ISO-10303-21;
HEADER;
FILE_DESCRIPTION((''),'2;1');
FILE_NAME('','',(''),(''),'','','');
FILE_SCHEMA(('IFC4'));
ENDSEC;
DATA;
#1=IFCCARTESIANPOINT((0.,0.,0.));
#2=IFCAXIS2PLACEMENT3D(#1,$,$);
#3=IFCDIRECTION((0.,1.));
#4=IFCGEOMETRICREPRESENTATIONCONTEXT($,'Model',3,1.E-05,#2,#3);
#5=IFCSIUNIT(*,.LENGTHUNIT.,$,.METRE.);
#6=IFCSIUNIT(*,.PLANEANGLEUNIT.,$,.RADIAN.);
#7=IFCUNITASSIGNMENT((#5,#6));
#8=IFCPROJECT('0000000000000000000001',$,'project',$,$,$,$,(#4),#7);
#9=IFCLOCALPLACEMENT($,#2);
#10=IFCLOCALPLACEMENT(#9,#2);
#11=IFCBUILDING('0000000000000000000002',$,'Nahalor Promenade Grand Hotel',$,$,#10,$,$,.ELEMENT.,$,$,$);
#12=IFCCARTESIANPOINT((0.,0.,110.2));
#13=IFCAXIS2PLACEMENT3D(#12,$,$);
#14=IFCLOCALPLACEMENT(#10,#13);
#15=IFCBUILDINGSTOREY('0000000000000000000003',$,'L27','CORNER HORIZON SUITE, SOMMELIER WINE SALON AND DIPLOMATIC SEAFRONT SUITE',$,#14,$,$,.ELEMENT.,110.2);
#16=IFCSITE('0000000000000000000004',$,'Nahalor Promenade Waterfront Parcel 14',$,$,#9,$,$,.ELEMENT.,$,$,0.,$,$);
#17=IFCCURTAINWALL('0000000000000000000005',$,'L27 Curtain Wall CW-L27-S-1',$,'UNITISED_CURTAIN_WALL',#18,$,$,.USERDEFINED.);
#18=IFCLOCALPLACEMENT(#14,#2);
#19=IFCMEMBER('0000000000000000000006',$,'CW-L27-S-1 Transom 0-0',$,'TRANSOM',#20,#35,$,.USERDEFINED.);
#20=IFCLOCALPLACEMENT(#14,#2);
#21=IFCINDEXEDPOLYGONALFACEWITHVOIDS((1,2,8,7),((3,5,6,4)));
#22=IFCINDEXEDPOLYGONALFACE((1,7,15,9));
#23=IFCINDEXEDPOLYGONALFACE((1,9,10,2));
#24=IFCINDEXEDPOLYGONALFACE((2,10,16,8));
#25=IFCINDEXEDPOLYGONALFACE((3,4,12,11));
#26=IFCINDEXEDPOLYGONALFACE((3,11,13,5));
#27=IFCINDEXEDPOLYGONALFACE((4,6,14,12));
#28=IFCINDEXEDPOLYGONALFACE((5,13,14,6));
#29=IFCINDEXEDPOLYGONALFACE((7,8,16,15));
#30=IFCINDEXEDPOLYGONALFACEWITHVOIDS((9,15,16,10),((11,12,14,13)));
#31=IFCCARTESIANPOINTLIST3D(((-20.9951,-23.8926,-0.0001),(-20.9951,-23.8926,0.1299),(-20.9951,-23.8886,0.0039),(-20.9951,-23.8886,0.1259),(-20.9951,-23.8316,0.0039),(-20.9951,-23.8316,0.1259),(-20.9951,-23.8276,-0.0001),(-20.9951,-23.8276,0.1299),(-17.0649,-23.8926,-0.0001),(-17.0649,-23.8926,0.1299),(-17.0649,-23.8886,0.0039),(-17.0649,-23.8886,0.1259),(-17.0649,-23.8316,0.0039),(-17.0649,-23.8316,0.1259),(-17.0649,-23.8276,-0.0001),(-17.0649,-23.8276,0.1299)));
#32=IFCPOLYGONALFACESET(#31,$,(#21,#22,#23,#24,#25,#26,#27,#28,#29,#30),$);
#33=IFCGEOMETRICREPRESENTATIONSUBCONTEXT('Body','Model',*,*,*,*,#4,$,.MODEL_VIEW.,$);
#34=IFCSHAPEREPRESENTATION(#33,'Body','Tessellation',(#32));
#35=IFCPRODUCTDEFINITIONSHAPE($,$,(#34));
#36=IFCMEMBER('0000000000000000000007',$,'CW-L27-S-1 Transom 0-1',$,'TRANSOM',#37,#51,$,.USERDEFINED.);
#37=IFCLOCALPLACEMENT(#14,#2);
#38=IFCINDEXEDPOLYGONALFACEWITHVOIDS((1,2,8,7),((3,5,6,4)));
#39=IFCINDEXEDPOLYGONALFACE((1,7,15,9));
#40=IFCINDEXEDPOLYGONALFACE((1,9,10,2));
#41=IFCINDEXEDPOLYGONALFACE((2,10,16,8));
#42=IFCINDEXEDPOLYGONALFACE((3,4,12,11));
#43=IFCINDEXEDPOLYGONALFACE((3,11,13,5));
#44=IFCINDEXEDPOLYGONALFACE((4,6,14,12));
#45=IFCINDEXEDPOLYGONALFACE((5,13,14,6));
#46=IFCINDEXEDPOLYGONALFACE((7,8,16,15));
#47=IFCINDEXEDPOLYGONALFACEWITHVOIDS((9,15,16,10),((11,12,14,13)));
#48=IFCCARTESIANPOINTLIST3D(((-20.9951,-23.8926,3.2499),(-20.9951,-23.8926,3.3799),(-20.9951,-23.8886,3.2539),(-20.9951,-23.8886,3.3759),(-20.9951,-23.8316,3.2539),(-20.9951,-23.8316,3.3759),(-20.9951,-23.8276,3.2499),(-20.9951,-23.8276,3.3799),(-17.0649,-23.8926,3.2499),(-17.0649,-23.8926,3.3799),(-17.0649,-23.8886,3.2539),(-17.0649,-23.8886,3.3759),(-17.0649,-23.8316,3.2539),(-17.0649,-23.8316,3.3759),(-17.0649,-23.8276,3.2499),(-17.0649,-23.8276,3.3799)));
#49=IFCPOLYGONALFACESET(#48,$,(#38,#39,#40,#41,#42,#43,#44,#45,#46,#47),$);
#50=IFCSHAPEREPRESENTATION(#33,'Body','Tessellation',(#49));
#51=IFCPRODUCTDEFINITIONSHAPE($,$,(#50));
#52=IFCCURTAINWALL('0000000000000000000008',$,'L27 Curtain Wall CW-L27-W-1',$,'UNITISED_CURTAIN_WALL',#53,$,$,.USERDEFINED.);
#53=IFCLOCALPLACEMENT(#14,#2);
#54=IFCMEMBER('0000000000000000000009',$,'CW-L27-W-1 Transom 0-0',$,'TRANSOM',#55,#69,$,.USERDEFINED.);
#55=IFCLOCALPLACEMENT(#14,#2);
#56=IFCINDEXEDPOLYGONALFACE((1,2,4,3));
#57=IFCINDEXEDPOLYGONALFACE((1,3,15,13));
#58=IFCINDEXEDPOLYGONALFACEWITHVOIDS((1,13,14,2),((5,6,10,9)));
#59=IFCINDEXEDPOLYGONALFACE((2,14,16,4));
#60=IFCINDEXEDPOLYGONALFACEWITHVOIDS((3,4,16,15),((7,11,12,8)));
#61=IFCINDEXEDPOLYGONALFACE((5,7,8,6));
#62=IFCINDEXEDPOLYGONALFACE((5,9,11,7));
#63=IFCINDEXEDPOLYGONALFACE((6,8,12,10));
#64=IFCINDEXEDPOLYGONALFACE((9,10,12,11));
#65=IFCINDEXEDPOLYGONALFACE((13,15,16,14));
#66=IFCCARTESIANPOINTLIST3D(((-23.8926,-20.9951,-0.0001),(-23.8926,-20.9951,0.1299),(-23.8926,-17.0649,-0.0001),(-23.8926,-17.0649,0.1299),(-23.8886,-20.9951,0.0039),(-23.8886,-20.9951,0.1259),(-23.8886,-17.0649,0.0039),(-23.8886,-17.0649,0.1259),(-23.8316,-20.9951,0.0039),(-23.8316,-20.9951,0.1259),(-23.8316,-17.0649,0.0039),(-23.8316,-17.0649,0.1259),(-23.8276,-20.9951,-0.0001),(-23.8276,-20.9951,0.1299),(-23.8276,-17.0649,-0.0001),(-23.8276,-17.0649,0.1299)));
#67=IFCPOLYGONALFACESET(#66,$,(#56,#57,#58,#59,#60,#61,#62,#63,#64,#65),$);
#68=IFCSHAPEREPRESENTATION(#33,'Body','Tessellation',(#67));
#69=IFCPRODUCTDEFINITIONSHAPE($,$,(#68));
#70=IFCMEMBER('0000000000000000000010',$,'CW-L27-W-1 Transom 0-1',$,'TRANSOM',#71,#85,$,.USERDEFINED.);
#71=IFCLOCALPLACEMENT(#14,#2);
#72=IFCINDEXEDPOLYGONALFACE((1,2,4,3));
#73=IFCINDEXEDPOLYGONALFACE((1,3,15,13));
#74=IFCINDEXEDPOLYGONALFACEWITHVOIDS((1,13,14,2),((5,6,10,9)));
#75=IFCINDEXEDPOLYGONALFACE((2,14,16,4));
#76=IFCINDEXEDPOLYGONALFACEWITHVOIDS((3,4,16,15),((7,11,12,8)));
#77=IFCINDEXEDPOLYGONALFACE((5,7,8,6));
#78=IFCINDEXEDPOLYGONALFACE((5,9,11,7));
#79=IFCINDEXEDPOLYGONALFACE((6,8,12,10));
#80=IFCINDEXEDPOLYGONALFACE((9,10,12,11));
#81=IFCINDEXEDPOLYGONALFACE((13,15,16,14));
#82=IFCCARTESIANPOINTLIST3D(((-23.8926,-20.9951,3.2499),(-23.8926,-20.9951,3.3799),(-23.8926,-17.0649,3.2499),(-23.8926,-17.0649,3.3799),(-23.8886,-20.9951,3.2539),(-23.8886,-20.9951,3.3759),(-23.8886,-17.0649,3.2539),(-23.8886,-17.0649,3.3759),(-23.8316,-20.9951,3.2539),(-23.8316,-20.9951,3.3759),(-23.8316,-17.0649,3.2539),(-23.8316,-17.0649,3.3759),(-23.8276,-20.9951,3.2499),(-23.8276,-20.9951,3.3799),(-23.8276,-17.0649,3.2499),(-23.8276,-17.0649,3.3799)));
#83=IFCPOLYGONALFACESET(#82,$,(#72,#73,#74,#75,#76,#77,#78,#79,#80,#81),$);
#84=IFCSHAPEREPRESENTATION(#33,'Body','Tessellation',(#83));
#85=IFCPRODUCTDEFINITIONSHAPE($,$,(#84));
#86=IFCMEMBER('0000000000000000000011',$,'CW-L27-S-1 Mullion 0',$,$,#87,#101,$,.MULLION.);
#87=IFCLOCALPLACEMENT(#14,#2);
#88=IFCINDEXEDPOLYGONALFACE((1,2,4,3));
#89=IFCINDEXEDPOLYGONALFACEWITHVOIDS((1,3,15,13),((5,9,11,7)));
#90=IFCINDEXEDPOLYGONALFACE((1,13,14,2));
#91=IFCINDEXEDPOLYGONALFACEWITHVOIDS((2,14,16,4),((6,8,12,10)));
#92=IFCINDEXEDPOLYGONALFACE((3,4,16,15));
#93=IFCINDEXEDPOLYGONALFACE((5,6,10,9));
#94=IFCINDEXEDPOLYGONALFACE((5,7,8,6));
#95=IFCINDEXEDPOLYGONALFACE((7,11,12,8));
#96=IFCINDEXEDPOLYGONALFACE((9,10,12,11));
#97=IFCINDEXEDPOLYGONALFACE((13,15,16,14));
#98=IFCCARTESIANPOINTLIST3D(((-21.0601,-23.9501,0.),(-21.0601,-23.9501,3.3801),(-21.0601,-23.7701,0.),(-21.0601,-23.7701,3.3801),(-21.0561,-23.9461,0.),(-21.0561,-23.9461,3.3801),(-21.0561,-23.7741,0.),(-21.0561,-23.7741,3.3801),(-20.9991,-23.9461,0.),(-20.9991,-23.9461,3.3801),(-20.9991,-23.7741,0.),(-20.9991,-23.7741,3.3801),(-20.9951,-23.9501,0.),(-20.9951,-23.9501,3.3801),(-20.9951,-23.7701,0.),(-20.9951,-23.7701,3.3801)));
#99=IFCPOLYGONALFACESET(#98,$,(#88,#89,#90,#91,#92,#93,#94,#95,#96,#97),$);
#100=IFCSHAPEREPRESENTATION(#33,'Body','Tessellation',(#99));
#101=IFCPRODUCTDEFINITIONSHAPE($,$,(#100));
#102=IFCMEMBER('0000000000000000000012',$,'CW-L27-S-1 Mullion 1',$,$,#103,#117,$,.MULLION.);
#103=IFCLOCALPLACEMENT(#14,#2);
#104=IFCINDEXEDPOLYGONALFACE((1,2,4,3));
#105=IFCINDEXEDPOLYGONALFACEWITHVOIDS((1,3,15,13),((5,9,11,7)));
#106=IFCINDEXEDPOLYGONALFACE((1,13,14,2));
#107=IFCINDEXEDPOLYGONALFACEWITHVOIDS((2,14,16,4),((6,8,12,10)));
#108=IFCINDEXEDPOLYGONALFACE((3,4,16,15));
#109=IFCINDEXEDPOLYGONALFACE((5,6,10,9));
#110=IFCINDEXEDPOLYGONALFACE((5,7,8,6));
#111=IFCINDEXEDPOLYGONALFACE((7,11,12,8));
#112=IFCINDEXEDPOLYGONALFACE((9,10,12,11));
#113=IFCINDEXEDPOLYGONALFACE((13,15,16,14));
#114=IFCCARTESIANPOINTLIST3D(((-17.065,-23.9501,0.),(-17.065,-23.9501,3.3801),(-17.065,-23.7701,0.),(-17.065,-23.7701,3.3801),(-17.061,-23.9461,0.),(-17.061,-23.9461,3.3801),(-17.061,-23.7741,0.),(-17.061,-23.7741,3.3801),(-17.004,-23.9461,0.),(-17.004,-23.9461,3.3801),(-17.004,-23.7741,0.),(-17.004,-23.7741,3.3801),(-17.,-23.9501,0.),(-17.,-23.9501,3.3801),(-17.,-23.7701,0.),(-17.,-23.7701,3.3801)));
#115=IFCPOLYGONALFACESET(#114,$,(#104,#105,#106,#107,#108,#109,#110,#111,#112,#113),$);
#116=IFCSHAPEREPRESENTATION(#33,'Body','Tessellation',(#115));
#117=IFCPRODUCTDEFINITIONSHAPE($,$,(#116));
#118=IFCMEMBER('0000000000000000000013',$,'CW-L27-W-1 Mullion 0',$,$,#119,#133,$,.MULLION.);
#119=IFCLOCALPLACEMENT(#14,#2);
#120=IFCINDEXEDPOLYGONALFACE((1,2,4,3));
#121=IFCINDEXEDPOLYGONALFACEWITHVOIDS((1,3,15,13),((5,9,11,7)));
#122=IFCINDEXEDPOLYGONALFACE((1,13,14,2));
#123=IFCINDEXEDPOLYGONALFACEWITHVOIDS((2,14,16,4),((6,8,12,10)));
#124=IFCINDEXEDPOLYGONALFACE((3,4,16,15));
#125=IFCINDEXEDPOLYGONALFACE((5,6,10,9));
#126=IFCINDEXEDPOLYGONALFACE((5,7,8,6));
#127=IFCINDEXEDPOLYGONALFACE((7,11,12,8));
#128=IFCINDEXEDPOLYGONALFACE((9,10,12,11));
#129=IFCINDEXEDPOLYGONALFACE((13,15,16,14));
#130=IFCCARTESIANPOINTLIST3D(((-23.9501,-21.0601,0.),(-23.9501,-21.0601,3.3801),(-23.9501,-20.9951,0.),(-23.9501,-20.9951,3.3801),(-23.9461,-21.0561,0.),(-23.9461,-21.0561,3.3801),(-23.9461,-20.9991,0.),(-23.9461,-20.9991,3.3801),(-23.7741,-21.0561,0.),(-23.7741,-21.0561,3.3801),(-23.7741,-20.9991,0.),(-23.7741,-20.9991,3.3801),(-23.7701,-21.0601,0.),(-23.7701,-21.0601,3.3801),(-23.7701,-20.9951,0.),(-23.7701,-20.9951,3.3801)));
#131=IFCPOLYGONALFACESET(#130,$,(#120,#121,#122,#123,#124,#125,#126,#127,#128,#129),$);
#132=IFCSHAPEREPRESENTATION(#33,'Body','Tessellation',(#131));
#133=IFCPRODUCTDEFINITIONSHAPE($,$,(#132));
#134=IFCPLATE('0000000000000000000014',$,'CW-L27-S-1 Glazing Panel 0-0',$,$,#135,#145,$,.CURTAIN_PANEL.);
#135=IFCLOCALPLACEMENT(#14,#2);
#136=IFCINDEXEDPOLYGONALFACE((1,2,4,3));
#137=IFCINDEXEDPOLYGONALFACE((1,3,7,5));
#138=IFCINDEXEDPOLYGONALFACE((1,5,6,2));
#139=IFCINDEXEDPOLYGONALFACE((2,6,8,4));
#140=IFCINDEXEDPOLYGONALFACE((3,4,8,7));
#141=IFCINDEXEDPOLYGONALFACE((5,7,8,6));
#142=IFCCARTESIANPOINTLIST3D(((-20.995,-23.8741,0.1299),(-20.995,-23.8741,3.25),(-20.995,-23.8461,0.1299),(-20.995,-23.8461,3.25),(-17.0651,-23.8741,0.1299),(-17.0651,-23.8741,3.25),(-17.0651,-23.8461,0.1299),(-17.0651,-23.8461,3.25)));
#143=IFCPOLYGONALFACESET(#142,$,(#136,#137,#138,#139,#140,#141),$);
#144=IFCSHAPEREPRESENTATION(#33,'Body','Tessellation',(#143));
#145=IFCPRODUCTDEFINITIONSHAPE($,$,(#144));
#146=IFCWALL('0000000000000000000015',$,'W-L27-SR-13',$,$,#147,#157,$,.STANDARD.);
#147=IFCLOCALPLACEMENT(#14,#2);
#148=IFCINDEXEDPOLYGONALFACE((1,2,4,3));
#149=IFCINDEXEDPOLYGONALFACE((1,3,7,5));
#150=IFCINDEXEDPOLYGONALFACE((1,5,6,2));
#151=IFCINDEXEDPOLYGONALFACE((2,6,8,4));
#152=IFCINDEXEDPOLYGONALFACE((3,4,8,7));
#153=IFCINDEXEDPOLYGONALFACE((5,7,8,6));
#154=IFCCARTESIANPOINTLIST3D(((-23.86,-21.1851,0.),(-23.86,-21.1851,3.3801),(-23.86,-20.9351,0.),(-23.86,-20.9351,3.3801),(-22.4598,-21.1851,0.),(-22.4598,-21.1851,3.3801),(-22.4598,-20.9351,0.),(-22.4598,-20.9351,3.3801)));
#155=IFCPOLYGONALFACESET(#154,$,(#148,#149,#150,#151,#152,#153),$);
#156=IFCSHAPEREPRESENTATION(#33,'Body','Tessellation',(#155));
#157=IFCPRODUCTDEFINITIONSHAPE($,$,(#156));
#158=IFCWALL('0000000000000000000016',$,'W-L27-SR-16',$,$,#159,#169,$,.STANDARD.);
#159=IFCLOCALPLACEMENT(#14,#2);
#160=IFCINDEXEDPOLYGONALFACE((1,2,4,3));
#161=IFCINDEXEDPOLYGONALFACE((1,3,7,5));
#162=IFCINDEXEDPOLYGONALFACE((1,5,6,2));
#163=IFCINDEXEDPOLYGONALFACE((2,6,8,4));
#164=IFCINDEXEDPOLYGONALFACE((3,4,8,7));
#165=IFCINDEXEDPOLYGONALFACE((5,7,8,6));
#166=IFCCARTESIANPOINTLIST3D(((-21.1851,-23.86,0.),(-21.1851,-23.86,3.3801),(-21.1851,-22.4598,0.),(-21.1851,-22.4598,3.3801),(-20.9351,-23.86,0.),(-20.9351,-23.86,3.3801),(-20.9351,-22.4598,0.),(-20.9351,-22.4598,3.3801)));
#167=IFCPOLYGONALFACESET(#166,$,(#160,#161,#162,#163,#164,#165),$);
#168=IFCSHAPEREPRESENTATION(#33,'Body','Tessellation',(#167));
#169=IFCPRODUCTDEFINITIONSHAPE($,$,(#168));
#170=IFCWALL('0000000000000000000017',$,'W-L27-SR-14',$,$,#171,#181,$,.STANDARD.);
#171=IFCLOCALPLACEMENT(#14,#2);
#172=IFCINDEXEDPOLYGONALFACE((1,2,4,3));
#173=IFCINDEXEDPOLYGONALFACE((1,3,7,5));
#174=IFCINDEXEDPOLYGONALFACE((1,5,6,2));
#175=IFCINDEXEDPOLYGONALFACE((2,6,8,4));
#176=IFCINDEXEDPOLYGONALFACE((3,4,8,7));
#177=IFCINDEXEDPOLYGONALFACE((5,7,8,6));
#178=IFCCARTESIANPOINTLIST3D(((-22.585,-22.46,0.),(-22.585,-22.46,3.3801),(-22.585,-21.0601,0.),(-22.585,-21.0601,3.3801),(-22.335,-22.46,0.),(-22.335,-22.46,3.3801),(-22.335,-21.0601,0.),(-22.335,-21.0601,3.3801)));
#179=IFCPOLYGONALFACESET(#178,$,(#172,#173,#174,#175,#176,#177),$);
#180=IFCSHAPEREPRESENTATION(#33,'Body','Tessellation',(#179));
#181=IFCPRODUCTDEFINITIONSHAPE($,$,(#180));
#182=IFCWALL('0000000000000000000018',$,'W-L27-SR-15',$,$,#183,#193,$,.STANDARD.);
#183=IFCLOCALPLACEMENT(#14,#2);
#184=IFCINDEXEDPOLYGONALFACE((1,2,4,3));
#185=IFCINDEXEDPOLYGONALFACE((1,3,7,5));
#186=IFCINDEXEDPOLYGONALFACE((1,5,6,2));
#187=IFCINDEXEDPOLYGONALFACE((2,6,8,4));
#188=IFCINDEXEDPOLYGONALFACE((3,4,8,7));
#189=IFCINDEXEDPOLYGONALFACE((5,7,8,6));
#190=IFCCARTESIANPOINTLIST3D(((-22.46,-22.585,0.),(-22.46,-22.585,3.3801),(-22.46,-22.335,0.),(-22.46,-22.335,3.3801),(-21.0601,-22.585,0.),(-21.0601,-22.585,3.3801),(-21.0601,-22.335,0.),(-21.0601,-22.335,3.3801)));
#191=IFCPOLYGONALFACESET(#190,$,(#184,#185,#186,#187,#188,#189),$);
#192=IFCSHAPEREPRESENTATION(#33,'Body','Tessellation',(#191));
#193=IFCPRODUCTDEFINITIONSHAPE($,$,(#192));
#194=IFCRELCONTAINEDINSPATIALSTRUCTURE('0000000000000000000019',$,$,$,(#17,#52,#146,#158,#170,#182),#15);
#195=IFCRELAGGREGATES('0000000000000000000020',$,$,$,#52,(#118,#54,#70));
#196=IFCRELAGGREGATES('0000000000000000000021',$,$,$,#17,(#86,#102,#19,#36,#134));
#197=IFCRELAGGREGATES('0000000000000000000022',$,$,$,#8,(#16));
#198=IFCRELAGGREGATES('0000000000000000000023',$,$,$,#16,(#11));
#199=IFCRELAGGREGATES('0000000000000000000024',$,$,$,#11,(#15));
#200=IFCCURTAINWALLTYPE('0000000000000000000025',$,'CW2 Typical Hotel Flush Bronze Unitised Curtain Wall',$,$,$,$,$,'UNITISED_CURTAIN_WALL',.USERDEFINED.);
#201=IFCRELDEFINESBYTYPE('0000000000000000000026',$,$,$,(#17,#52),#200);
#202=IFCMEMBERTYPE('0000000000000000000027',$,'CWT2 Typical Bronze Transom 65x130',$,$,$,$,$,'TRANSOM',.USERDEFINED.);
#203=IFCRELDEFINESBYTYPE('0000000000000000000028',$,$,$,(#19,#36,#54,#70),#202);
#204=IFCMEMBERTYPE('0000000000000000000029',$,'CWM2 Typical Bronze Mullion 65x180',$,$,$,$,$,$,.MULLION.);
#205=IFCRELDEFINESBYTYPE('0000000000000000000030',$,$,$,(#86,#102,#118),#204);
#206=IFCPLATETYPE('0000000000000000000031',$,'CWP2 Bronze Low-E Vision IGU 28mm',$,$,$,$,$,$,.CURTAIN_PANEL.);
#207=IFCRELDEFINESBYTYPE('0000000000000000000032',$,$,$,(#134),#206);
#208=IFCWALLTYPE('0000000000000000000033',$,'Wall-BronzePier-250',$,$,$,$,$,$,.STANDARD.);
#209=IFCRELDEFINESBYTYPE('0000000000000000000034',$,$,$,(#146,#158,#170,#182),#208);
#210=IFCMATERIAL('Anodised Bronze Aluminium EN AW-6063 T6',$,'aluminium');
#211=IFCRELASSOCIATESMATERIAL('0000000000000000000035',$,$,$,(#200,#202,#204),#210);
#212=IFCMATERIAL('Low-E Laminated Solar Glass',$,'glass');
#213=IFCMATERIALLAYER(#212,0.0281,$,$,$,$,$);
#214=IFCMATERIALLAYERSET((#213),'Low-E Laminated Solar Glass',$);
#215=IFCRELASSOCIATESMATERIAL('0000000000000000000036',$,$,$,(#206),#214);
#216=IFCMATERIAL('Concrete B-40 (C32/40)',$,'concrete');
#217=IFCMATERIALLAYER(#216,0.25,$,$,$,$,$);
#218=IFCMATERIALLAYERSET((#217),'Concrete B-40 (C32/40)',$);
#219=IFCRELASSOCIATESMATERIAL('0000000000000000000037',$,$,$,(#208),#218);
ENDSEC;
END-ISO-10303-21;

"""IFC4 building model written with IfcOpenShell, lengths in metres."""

from ifc_helpers import new_model, si_unit, direction, frame, frame_2d, origin, origin_2d, place, context, subcontext, project, spatial, rectangle, hollow_rectangle, extrude, source, transform, mapped, material, layer, layer_set, material_profile, profile_set, type_object, element, aggregate, save


model = new_model("IFC4")

# Units and contexts
model_context = context("Model", 3, precision=1e-05, world=origin(), true_north=direction((0.0, 1.0)))
body_context = subcontext(model_context, "Body", "Model", "MODEL_VIEW")
ifc_project = project(units=[si_unit("LENGTHUNIT", "METRE"), si_unit("PLANEANGLEUNIT", "RADIAN")], contexts=[model_context])

# Site, building, storey
site_placement = place(None, origin())
site = spatial("IfcSite", under=ifc_project, at=site_placement, Name="Nahalor Promenade Waterfront Parcel 14", CompositionType="ELEMENT", RefElevation=0.0)
building_placement = place(site_placement, origin())
building = spatial("IfcBuilding", under=site, at=building_placement, Name="Nahalor Promenade Grand Hotel", CompositionType="ELEMENT")
storey_placement = place(building_placement, frame((0.0, 0.0, 110.2)))
storey = spatial("IfcBuildingStorey", under=building, at=storey_placement, Name="L27", Description="CORNER HORIZON SUITE, SOMMELIER WINE SALON AND DIPLOMATIC SEAFRONT SUITE", CompositionType="ELEMENT", Elevation=110.2)

# Curtain walls, members
ifc_material_1 = material(Name="Anodised Bronze Aluminium EN AW-6063 T6", Category="aluminium")
curtain_wall_type = type_object("IfcCurtainWallType", Name="CW2 Typical Hotel Flush Bronze Unitised Curtain Wall", ElementType="UNITISED_CURTAIN_WALL", PredefinedType="USERDEFINED", material=ifc_material_1)
curtain_wall_1_placement = place(storey_placement, origin())
curtain_wall_1 = element("IfcCurtainWall", 1, at=curtain_wall_1_placement, inside=storey, type_object=curtain_wall_type, Name="L27 Curtain Wall CW-L27-S-1", ObjectType="UNITISED_CURTAIN_WALL", PredefinedType="USERDEFINED")
ifc_material_profile_1 = material_profile(ifc_material_1, hollow_rectangle(XDim=0.065, YDim=0.13, WallThickness=0.004, at=origin_2d()), Name="CWT 65x130x4")
ifc_profile_set_1 = profile_set([ifc_material_profile_1], Name="Anodised Bronze Aluminium EN AW-6063 T6")
member_type_1 = type_object("IfcMemberType", Name="CWT2 Typical Bronze Transom 65x130", ElementType="TRANSOM", PredefinedType="USERDEFINED", material=ifc_profile_set_1)
shared_shape_1 = source(origin(), body_context, "Body", "SweptSolid", [
    extrude(hollow_rectangle(XDim=0.065, YDim=0.13, WallThickness=0.004, at=origin_2d()), origin(), (0.0, 0.0, 1.0), 3.9302),
])
member_1_placement = place(storey_placement, frame((-20.9951, -23.8601, 0.0649), z_axis=(1.0, 0.0, 0.0), x_axis=(0.0, 1.0, 0.0)))
member_1 = element("IfcMember", 2, at=member_1_placement, type_object=member_type_1, Name="CW-L27-S-1 Transom 0-0", ObjectType="TRANSOM", PredefinedType="USERDEFINED", context=body_context, shape_type="MappedRepresentation", body=[
    mapped(shared_shape_1, transform((0.0, 0.0, 0.0), scale=1.0)),
])
member_2_placement = place(storey_placement, frame((-20.9951, -23.8601, 3.3149), z_axis=(1.0, 0.0, 0.0), x_axis=(0.0, 1.0, 0.0)))
member_2 = element("IfcMember", 3, at=member_2_placement, type_object=member_type_1, Name="CW-L27-S-1 Transom 0-1", ObjectType="TRANSOM", PredefinedType="USERDEFINED", context=body_context, shape_type="MappedRepresentation", body=[
    mapped(shared_shape_1, transform((0.0, 0.0, 0.0), scale=1.0)),
])
curtain_wall_2_placement = place(storey_placement, origin())
curtain_wall_2 = element("IfcCurtainWall", 4, at=curtain_wall_2_placement, inside=storey, type_object=curtain_wall_type, Name="L27 Curtain Wall CW-L27-W-1", ObjectType="UNITISED_CURTAIN_WALL", PredefinedType="USERDEFINED")
member_3_placement = place(storey_placement, frame((-23.8601, -20.9951, 0.0649), z_axis=(0.0, 1.0, 0.0), x_axis=(-1.0, 0.0, 0.0)))
member_3 = element("IfcMember", 5, at=member_3_placement, type_object=member_type_1, Name="CW-L27-W-1 Transom 0-0", ObjectType="TRANSOM", PredefinedType="USERDEFINED", context=body_context, shape_type="MappedRepresentation", body=[
    mapped(shared_shape_1, transform((0.0, 0.0, 0.0), scale=1.0)),
])
member_4_placement = place(storey_placement, frame((-23.8601, -20.9951, 3.3149), z_axis=(0.0, 1.0, 0.0), x_axis=(-1.0, 0.0, 0.0)))
member_4 = element("IfcMember", 6, at=member_4_placement, type_object=member_type_1, Name="CW-L27-W-1 Transom 0-1", ObjectType="TRANSOM", PredefinedType="USERDEFINED", context=body_context, shape_type="MappedRepresentation", body=[
    mapped(shared_shape_1, transform((0.0, 0.0, 0.0), scale=1.0)),
])

# Members
ifc_material_profile_2 = material_profile(ifc_material_1, hollow_rectangle(XDim=0.065, YDim=0.18, WallThickness=0.004, at=origin_2d()), Name="CWM 65x180x4")
ifc_profile_set_2 = profile_set([ifc_material_profile_2], Name="Anodised Bronze Aluminium EN AW-6063 T6")
member_type_2 = type_object("IfcMemberType", Name="CWM2 Typical Bronze Mullion 65x180", PredefinedType="MULLION", material=ifc_profile_set_2)
shared_shape_2 = source(origin(), body_context, "Body", "SweptSolid", [
    extrude(hollow_rectangle(XDim=0.065, YDim=0.18, WallThickness=0.004, at=origin_2d()), origin(), (0.0, 0.0, 1.0), 3.3801),
])
member_5_placement = place(storey_placement, frame((-21.0276, -23.8601, 0.0), z_axis=(0.0, 0.0, 1.0), x_axis=(1.0, 0.0, 0.0)))
member_5 = element("IfcMember", 7, at=member_5_placement, type_object=member_type_2, Name="CW-L27-S-1 Mullion 0", PredefinedType="MULLION", context=body_context, shape_type="MappedRepresentation", body=[
    mapped(shared_shape_2, transform((0.0, 0.0, 0.0), scale=1.0)),
])
member_6_placement = place(storey_placement, frame((-17.0325, -23.8601, 0.0), z_axis=(0.0, 0.0, 1.0), x_axis=(1.0, 0.0, 0.0)))
member_6 = element("IfcMember", 8, at=member_6_placement, type_object=member_type_2, Name="CW-L27-S-1 Mullion 1", PredefinedType="MULLION", context=body_context, shape_type="MappedRepresentation", body=[
    mapped(shared_shape_2, transform((0.0, 0.0, 0.0), scale=1.0)),
])
member_7_placement = place(storey_placement, frame((-23.8601, -21.0276, 0.0), z_axis=(0.0, 0.0, 1.0), x_axis=(0.0, 1.0, 0.0)))
member_7 = element("IfcMember", 9, at=member_7_placement, type_object=member_type_2, Name="CW-L27-W-1 Mullion 0", PredefinedType="MULLION", context=body_context, shape_type="MappedRepresentation", body=[
    mapped(shared_shape_2, transform((0.0, 0.0, 0.0), scale=1.0)),
])
aggregate(curtain_wall_2, [member_7, member_3, member_4])

# Plate
ifc_material_2 = material(Name="Low-E Laminated Solar Glass", Category="glass")
ifc_layer_1 = layer(ifc_material_2, 0.0281)
ifc_layer_set_1 = layer_set([ifc_layer_1], Name="Low-E Laminated Solar Glass")
plate_type = type_object("IfcPlateType", Name="CWP2 Bronze Low-E Vision IGU 28mm", PredefinedType="CURTAIN_PANEL", material=ifc_layer_set_1)
shared_shape_3 = source(origin(), body_context, "Body", "SweptSolid", [
    extrude(rectangle(XDim=3.9299, YDim=0.0281, at=origin_2d()), origin(), (0.0, 0.0, 1.0), 3.1201),
])
plate_placement = place(storey_placement, frame((-19.03, -23.8601, 0.1299), z_axis=(0.0, 0.0, 1.0), x_axis=(1.0, 0.0, 0.0)))
plate = element("IfcPlate", 10, at=plate_placement, type_object=plate_type, Name="CW-L27-S-1 Glazing Panel 0-0", PredefinedType="CURTAIN_PANEL", context=body_context, shape_type="MappedRepresentation", body=[
    mapped(shared_shape_3, transform((0.0, 0.0, 0.0), scale=1.0)),
])
aggregate(curtain_wall_1, [member_5, member_6, member_1, member_2, plate])

# Walls
ifc_material_3 = material(Name="Concrete B-40 (C32/40)", Category="concrete")
ifc_layer_2 = layer(ifc_material_3, 0.25)
ifc_layer_set_2 = layer_set([ifc_layer_2], Name="Concrete B-40 (C32/40)")
wall_type_1 = type_object("IfcWallType", Name="Wall-BronzePier-250", PredefinedType="STANDARD", material=ifc_layer_set_2)
shared_shape_4 = source(origin(), body_context, "Body", "SweptSolid", [
    extrude(rectangle(XDim=1.4001, YDim=0.25, at=frame_2d((0.7002, 0.0))), origin(), (0.0, 0.0, 1.0), 3.3801),
])
for number, where, z_axis, x_axis, name in (
    (11, (-23.8601, -21.0601, 0.0), (0.0, 0.0, 1.0), (1.0, 0.0, 0.0), "W-L27-SR-13"),
    (12, (-21.0601, -23.8601, 0.0), (0.0, 0.0, 1.0), (0.0, 1.0, 0.0), "W-L27-SR-16"),
):
    element("IfcWall", number, at=place(storey_placement, frame(where, z_axis=z_axis, x_axis=x_axis)), inside=storey, type_object=wall_type_1, Name=name, PredefinedType="STANDARD", context=body_context, shape_type="MappedRepresentation", body=[
        mapped(shared_shape_4, transform((0.0, 0.0, 0.0), scale=1.0)),
    ])
shared_shape_5 = source(origin(), body_context, "Body", "SweptSolid", [
    extrude(rectangle(XDim=1.3999, YDim=0.25, at=frame_2d((0.7, 0.0))), origin(), (0.0, 0.0, 1.0), 3.3801),
])
for number, where, z_axis, x_axis, name in (
    (13, (-22.46, -22.46, 0.0), (0.0, 0.0, 1.0), (0.0, 1.0, 0.0), "W-L27-SR-14"),
    (14, (-22.46, -22.46, 0.0), (0.0, 0.0, 1.0), (1.0, 0.0, 0.0), "W-L27-SR-15"),
):
    element("IfcWall", number, at=place(storey_placement, frame(where, z_axis=z_axis, x_axis=x_axis)), inside=storey, type_object=wall_type_1, Name=name, PredefinedType="STANDARD", context=body_context, shape_type="MappedRepresentation", body=[
        mapped(shared_shape_5, transform((0.0, 0.0, 0.0), scale=1.0)),
    ])

save(model, "model.ifc")
